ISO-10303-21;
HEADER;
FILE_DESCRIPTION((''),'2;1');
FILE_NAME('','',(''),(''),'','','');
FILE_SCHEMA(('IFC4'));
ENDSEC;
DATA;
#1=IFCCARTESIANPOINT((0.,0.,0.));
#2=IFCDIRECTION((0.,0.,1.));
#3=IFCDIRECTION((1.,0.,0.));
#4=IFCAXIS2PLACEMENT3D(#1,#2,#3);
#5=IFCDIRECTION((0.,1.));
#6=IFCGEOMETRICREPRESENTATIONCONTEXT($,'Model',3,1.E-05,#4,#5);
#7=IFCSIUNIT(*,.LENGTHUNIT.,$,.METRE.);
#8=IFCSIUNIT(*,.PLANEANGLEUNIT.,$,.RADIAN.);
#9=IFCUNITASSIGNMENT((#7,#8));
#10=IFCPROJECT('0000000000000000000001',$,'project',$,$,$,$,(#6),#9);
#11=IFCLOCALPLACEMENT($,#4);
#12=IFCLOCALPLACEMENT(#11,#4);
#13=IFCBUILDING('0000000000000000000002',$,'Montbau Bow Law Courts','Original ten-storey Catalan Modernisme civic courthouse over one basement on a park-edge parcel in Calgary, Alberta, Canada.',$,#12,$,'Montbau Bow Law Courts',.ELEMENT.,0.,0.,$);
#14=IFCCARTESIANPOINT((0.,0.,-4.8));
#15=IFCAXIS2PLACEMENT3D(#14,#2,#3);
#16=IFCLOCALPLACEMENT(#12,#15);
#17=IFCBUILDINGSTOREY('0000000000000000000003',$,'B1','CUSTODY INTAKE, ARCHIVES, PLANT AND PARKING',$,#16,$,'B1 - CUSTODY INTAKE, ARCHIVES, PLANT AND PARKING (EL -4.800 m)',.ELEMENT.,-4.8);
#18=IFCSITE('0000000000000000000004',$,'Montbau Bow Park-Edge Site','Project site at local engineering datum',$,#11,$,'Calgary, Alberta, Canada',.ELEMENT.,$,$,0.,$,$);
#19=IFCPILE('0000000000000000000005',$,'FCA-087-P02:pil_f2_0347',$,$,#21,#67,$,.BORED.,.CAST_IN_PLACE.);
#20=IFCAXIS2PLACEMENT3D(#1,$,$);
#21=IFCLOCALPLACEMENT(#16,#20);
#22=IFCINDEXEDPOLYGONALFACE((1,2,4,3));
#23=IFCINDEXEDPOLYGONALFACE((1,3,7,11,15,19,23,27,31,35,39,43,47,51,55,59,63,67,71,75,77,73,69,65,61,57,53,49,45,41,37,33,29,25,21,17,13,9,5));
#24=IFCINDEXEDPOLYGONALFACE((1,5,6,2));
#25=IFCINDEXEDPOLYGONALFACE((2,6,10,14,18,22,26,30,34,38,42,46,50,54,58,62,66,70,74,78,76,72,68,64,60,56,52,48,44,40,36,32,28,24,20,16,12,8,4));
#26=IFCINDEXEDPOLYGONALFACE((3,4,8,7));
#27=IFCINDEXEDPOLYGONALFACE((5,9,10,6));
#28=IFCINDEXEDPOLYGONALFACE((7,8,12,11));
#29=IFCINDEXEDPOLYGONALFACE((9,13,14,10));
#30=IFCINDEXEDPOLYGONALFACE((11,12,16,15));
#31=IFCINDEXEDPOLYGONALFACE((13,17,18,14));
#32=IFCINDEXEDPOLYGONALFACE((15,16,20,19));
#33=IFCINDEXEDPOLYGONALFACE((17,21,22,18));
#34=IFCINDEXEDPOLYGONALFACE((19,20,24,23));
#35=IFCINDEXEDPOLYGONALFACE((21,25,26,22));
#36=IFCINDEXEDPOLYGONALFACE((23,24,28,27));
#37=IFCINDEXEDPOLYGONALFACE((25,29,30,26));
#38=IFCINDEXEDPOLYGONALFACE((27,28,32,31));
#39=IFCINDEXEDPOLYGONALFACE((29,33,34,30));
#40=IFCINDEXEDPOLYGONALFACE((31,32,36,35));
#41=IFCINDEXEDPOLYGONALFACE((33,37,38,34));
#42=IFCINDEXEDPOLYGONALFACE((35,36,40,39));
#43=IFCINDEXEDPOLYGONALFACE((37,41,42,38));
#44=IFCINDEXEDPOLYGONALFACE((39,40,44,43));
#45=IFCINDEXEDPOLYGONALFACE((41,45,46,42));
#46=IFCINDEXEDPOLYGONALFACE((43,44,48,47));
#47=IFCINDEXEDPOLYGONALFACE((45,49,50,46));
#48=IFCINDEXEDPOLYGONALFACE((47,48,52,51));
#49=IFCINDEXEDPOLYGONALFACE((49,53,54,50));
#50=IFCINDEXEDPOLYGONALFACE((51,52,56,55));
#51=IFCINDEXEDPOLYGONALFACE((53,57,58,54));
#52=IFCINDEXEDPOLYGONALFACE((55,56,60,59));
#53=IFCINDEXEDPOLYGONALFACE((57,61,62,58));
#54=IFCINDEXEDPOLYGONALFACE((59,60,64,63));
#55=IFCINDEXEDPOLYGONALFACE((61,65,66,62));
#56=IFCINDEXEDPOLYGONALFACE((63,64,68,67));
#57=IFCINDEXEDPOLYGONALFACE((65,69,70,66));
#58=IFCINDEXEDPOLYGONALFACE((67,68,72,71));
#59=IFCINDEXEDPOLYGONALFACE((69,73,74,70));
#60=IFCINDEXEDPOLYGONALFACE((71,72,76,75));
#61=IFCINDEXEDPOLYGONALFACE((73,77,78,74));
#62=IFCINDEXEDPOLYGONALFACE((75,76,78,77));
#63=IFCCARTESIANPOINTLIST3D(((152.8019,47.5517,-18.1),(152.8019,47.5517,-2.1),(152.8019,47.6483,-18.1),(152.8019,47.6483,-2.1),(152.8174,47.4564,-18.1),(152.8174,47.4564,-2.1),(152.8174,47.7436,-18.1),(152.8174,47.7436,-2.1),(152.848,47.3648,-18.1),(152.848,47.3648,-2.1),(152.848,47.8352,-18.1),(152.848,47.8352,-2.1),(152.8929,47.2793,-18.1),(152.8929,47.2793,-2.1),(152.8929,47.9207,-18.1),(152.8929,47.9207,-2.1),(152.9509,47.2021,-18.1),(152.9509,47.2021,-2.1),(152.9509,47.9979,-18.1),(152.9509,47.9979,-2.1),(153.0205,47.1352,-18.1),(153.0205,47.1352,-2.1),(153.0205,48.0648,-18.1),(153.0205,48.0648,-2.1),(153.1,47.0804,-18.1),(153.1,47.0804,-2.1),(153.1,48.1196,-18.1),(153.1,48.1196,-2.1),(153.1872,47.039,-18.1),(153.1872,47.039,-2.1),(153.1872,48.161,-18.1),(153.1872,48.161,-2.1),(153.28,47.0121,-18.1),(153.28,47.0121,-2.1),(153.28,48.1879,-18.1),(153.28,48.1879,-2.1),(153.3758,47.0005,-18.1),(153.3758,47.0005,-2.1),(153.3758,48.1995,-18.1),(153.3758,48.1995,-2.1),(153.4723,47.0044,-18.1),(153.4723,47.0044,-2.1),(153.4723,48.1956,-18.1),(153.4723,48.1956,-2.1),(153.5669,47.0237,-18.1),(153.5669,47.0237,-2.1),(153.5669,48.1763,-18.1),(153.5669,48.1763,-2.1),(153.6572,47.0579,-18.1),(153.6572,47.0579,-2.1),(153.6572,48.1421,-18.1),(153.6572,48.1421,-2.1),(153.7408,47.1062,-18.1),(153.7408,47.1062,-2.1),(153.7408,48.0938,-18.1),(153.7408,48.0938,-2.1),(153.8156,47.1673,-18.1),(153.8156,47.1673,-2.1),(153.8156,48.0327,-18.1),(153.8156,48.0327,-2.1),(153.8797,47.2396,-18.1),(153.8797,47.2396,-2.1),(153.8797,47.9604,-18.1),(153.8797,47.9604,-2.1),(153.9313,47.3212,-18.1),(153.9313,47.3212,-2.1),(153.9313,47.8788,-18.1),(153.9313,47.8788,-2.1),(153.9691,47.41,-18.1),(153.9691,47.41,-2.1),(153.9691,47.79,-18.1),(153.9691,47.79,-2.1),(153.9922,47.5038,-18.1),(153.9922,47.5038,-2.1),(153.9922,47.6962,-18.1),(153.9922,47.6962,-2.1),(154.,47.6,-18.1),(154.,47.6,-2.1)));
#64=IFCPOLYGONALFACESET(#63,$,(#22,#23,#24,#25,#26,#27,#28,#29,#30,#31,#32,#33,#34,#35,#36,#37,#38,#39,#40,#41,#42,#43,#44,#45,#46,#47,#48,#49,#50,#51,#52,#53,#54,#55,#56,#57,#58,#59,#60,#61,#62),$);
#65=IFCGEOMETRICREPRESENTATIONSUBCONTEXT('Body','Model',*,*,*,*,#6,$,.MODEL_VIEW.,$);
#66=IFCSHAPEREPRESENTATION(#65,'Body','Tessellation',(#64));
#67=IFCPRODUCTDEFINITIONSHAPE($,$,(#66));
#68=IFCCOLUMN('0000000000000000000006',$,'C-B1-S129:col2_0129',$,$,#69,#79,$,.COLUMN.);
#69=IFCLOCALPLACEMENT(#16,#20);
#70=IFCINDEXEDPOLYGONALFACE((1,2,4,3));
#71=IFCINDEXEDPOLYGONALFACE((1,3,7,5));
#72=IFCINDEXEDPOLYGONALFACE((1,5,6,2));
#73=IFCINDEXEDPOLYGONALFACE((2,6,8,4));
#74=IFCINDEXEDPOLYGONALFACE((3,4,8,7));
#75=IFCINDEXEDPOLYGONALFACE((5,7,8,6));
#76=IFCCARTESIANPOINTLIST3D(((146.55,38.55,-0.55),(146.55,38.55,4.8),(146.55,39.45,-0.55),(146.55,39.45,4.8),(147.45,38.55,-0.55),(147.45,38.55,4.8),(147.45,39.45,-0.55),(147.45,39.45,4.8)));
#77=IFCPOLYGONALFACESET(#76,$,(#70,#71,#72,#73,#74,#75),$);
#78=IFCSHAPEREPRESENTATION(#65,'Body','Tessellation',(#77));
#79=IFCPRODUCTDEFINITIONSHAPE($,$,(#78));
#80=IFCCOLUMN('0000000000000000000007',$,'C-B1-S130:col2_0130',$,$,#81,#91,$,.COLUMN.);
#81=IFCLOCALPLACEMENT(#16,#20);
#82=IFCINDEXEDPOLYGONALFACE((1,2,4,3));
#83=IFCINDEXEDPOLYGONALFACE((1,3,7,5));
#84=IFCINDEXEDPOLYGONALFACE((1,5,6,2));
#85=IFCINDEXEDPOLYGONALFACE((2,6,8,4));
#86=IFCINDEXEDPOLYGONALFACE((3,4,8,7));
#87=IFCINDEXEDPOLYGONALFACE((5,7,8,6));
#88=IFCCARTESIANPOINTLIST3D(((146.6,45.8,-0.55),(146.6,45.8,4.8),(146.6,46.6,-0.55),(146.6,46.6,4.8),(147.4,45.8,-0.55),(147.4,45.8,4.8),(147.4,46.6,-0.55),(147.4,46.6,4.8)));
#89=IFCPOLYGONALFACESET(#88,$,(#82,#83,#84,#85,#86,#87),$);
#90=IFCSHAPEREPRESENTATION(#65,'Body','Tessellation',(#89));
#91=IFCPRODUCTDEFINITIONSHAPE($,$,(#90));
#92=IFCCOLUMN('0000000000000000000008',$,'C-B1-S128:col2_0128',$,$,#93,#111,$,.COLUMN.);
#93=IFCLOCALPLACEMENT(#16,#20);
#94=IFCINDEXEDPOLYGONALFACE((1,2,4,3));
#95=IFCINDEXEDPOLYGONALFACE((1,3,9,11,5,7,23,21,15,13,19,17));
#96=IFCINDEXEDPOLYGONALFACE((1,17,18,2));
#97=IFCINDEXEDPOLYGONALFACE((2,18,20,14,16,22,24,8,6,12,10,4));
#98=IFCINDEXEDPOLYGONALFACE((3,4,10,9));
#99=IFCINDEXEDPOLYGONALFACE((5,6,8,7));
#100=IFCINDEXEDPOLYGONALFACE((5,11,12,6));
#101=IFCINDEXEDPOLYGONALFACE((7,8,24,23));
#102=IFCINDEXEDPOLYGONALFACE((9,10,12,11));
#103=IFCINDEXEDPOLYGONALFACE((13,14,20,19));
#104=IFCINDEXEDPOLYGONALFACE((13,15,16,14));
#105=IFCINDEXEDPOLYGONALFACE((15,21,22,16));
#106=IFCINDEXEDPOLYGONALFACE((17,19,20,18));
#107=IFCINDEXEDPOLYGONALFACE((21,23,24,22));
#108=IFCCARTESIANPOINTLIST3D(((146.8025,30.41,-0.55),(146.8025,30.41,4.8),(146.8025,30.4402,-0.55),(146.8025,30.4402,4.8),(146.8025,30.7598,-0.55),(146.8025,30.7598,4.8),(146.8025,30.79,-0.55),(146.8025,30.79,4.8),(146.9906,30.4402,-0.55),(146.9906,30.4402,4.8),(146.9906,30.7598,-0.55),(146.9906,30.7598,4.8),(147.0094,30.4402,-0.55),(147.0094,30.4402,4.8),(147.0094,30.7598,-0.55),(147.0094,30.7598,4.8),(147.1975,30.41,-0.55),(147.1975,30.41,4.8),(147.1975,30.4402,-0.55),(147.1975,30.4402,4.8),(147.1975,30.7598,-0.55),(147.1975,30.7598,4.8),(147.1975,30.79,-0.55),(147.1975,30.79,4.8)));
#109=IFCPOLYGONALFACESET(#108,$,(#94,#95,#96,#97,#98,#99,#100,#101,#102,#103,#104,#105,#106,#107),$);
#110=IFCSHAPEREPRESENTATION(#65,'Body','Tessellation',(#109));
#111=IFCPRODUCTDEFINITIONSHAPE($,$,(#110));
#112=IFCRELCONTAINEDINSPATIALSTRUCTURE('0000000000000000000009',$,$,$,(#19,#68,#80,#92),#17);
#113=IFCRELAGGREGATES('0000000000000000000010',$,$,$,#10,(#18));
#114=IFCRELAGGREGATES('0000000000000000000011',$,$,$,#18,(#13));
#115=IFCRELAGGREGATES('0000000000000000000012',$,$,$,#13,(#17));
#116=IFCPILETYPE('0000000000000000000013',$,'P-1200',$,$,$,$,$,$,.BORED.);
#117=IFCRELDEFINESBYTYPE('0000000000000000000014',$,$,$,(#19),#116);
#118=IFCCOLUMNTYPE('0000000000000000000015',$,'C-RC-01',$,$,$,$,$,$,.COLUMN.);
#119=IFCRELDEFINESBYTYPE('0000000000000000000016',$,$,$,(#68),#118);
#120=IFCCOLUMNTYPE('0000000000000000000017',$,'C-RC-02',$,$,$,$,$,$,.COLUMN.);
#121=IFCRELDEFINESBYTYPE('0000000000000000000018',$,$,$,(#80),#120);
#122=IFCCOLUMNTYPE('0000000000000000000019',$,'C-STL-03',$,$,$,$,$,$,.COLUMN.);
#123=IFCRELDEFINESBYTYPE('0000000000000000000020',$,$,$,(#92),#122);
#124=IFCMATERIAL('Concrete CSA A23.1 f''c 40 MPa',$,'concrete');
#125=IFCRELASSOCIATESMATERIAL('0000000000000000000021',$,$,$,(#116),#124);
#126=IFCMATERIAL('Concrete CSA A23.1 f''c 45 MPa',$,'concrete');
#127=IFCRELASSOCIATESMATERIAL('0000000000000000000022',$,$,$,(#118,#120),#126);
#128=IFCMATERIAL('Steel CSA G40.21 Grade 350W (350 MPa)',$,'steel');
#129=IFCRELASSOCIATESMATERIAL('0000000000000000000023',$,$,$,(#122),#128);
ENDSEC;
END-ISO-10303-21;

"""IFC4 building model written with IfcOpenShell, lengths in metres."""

from ifc_helpers import new_model, si_unit, direction, frame, origin_with_axes, origin_2d_with_axis, place, context, subcontext, project, spatial, rectangle, circle, i_section, extrude, material, material_profile, profile_set, type_object, element, save


model = new_model("IFC4")

# Units and contexts
model_context = context("Model", 3, precision=1e-05, world=origin_with_axes(), true_north=direction((0.0, 1.0)))
body_context = subcontext(model_context, "Body", "Model", "MODEL_VIEW")
ifc_project = project(units=[si_unit("LENGTHUNIT", "METRE"), si_unit("PLANEANGLEUNIT", "RADIAN")], contexts=[model_context])

# Site, building, storey
site_placement = place(None, origin_with_axes())
site = spatial("IfcSite", under=ifc_project, at=site_placement, Name="Montbau Bow Park-Edge Site", Description="Project site at local engineering datum", LongName="Calgary, Alberta, Canada", CompositionType="ELEMENT", RefElevation=0.0)
building_placement = place(site_placement, origin_with_axes())
building = spatial("IfcBuilding", under=site, at=building_placement, Name="Montbau Bow Law Courts", Description="Original ten-storey Catalan Modernisme civic courthouse over one basement on a park-edge parcel in Calgary, Alberta, Canada.", LongName="Montbau Bow Law Courts", CompositionType="ELEMENT", ElevationOfRefHeight=0.0, ElevationOfTerrain=0.0)
storey_placement = place(building_placement, frame((0.0, 0.0, -4.8), z_axis=(0.0, 0.0, 1.0), x_axis=(1.0, 0.0, 0.0)))
storey = spatial("IfcBuildingStorey", under=building, at=storey_placement, Name="B1", Description="CUSTODY INTAKE, ARCHIVES, PLANT AND PARKING", LongName="B1 - CUSTODY INTAKE, ARCHIVES, PLANT AND PARKING (EL -4.800 m)", CompositionType="ELEMENT", Elevation=-4.8)

# Pile
ifc_material_1 = material(Name="Concrete CSA A23.1 f'c 40 MPa", Category="concrete")
ifc_material_profile_1 = material_profile(ifc_material_1, circle(Radius=0.6, at=origin_2d_with_axis()), Name="BP1200", Category="Main", Priority=0)
ifc_profile_set_1 = profile_set([ifc_material_profile_1], Name="Concrete CSA A23.1 f'c 40 MPa")
pile_type_1 = type_object("IfcPileType", Name="P-1200", PredefinedType="BORED", material=ifc_profile_set_1)
for number, where, z_axis, x_axis, name in (
    (1, (153.4, 47.6, -22.9), (0.0, 0.0, 1.0), (1.0, 0.0, 0.0), "FCA-087-P02:pil_f2_0347"),
):
    element("IfcPile", number, at=place(None, frame(where, z_axis=z_axis, x_axis=x_axis)), inside=storey, type_object=pile_type_1, Name=name, ConstructionType="CAST_IN_PLACE", PredefinedType="BORED", context=body_context, shape_type="SweptSolid", body=[
        extrude(circle(Radius=0.6, at=origin_2d_with_axis()), origin_with_axes(), (0.0, 0.0, 1.0), 16.0),
    ])

# Columns
ifc_material_2 = material(Name="Concrete CSA A23.1 f'c 45 MPa", Category="concrete")
ifc_material_profile_2 = material_profile(ifc_material_2, rectangle(XDim=0.9, YDim=0.9, at=origin_2d_with_axis()), Name="RC900X900", Category="Main", Priority=0)
ifc_profile_set_2 = profile_set([ifc_material_profile_2], Name="Concrete CSA A23.1 f'c 45 MPa")
column_type_1 = type_object("IfcColumnType", Name="C-RC-01", PredefinedType="COLUMN", material=ifc_profile_set_2)
column_1_placement = place(None, frame((147.0, 39.0, -5.35), z_axis=(0.0, 0.0, 1.0), x_axis=(1.0, 0.0, 0.0)))
element("IfcColumn", 2, at=column_1_placement, inside=storey, type_object=column_type_1, Name="C-B1-S129:col2_0129", PredefinedType="COLUMN", context=body_context, shape_type="SweptSolid", body=[
    extrude(rectangle(XDim=0.9, YDim=0.9, at=origin_2d_with_axis()), origin_with_axes(), (0.0, 0.0, 1.0), 5.35),
])
ifc_material_profile_3 = material_profile(ifc_material_2, rectangle(XDim=0.8, YDim=0.8, at=origin_2d_with_axis()), Name="RC800X800", Category="Main", Priority=0)
ifc_profile_set_3 = profile_set([ifc_material_profile_3], Name="Concrete CSA A23.1 f'c 45 MPa")
column_type_2 = type_object("IfcColumnType", Name="C-RC-02", PredefinedType="COLUMN", material=ifc_profile_set_3)
column_2_placement = place(None, frame((147.0, 46.2, -5.35), z_axis=(0.0, 0.0, 1.0), x_axis=(1.0, 0.0, 0.0)))
element("IfcColumn", 3, at=column_2_placement, inside=storey, type_object=column_type_2, Name="C-B1-S130:col2_0130", PredefinedType="COLUMN", context=body_context, shape_type="SweptSolid", body=[
    extrude(rectangle(XDim=0.8, YDim=0.8, at=origin_2d_with_axis()), origin_with_axes(), (0.0, 0.0, 1.0), 5.35),
])
ifc_material_3 = material(Name="Steel CSA G40.21 Grade 350W (350 MPa)", Category="steel")
ifc_material_profile_4 = material_profile(ifc_material_3, i_section(OverallWidth=0.395, OverallDepth=0.38, WebThickness=0.0189, FlangeThickness=0.0302, at=origin_2d_with_axis()), Name="W360X237", Category="Main", Priority=0)
ifc_profile_set_4 = profile_set([ifc_material_profile_4], Name="Steel CSA G40.21 Grade 350W (350 MPa)")
column_type_3 = type_object("IfcColumnType", Name="C-STL-03", PredefinedType="COLUMN", material=ifc_profile_set_4)
column_3_placement = place(None, frame((147.0, 30.6, -5.35), z_axis=(0.0, 0.0, 1.0), x_axis=(1.0, 0.0, 0.0)))
element("IfcColumn", 4, at=column_3_placement, inside=storey, type_object=column_type_3, Name="C-B1-S128:col2_0128", PredefinedType="COLUMN", context=body_context, shape_type="SweptSolid", body=[
    extrude(i_section(OverallWidth=0.395, OverallDepth=0.38, WebThickness=0.0189, FlangeThickness=0.0302, at=origin_2d_with_axis()), origin_with_axes(), (0.0, 0.0, 1.0), 5.35),
])

save(model, "model.ifc")
